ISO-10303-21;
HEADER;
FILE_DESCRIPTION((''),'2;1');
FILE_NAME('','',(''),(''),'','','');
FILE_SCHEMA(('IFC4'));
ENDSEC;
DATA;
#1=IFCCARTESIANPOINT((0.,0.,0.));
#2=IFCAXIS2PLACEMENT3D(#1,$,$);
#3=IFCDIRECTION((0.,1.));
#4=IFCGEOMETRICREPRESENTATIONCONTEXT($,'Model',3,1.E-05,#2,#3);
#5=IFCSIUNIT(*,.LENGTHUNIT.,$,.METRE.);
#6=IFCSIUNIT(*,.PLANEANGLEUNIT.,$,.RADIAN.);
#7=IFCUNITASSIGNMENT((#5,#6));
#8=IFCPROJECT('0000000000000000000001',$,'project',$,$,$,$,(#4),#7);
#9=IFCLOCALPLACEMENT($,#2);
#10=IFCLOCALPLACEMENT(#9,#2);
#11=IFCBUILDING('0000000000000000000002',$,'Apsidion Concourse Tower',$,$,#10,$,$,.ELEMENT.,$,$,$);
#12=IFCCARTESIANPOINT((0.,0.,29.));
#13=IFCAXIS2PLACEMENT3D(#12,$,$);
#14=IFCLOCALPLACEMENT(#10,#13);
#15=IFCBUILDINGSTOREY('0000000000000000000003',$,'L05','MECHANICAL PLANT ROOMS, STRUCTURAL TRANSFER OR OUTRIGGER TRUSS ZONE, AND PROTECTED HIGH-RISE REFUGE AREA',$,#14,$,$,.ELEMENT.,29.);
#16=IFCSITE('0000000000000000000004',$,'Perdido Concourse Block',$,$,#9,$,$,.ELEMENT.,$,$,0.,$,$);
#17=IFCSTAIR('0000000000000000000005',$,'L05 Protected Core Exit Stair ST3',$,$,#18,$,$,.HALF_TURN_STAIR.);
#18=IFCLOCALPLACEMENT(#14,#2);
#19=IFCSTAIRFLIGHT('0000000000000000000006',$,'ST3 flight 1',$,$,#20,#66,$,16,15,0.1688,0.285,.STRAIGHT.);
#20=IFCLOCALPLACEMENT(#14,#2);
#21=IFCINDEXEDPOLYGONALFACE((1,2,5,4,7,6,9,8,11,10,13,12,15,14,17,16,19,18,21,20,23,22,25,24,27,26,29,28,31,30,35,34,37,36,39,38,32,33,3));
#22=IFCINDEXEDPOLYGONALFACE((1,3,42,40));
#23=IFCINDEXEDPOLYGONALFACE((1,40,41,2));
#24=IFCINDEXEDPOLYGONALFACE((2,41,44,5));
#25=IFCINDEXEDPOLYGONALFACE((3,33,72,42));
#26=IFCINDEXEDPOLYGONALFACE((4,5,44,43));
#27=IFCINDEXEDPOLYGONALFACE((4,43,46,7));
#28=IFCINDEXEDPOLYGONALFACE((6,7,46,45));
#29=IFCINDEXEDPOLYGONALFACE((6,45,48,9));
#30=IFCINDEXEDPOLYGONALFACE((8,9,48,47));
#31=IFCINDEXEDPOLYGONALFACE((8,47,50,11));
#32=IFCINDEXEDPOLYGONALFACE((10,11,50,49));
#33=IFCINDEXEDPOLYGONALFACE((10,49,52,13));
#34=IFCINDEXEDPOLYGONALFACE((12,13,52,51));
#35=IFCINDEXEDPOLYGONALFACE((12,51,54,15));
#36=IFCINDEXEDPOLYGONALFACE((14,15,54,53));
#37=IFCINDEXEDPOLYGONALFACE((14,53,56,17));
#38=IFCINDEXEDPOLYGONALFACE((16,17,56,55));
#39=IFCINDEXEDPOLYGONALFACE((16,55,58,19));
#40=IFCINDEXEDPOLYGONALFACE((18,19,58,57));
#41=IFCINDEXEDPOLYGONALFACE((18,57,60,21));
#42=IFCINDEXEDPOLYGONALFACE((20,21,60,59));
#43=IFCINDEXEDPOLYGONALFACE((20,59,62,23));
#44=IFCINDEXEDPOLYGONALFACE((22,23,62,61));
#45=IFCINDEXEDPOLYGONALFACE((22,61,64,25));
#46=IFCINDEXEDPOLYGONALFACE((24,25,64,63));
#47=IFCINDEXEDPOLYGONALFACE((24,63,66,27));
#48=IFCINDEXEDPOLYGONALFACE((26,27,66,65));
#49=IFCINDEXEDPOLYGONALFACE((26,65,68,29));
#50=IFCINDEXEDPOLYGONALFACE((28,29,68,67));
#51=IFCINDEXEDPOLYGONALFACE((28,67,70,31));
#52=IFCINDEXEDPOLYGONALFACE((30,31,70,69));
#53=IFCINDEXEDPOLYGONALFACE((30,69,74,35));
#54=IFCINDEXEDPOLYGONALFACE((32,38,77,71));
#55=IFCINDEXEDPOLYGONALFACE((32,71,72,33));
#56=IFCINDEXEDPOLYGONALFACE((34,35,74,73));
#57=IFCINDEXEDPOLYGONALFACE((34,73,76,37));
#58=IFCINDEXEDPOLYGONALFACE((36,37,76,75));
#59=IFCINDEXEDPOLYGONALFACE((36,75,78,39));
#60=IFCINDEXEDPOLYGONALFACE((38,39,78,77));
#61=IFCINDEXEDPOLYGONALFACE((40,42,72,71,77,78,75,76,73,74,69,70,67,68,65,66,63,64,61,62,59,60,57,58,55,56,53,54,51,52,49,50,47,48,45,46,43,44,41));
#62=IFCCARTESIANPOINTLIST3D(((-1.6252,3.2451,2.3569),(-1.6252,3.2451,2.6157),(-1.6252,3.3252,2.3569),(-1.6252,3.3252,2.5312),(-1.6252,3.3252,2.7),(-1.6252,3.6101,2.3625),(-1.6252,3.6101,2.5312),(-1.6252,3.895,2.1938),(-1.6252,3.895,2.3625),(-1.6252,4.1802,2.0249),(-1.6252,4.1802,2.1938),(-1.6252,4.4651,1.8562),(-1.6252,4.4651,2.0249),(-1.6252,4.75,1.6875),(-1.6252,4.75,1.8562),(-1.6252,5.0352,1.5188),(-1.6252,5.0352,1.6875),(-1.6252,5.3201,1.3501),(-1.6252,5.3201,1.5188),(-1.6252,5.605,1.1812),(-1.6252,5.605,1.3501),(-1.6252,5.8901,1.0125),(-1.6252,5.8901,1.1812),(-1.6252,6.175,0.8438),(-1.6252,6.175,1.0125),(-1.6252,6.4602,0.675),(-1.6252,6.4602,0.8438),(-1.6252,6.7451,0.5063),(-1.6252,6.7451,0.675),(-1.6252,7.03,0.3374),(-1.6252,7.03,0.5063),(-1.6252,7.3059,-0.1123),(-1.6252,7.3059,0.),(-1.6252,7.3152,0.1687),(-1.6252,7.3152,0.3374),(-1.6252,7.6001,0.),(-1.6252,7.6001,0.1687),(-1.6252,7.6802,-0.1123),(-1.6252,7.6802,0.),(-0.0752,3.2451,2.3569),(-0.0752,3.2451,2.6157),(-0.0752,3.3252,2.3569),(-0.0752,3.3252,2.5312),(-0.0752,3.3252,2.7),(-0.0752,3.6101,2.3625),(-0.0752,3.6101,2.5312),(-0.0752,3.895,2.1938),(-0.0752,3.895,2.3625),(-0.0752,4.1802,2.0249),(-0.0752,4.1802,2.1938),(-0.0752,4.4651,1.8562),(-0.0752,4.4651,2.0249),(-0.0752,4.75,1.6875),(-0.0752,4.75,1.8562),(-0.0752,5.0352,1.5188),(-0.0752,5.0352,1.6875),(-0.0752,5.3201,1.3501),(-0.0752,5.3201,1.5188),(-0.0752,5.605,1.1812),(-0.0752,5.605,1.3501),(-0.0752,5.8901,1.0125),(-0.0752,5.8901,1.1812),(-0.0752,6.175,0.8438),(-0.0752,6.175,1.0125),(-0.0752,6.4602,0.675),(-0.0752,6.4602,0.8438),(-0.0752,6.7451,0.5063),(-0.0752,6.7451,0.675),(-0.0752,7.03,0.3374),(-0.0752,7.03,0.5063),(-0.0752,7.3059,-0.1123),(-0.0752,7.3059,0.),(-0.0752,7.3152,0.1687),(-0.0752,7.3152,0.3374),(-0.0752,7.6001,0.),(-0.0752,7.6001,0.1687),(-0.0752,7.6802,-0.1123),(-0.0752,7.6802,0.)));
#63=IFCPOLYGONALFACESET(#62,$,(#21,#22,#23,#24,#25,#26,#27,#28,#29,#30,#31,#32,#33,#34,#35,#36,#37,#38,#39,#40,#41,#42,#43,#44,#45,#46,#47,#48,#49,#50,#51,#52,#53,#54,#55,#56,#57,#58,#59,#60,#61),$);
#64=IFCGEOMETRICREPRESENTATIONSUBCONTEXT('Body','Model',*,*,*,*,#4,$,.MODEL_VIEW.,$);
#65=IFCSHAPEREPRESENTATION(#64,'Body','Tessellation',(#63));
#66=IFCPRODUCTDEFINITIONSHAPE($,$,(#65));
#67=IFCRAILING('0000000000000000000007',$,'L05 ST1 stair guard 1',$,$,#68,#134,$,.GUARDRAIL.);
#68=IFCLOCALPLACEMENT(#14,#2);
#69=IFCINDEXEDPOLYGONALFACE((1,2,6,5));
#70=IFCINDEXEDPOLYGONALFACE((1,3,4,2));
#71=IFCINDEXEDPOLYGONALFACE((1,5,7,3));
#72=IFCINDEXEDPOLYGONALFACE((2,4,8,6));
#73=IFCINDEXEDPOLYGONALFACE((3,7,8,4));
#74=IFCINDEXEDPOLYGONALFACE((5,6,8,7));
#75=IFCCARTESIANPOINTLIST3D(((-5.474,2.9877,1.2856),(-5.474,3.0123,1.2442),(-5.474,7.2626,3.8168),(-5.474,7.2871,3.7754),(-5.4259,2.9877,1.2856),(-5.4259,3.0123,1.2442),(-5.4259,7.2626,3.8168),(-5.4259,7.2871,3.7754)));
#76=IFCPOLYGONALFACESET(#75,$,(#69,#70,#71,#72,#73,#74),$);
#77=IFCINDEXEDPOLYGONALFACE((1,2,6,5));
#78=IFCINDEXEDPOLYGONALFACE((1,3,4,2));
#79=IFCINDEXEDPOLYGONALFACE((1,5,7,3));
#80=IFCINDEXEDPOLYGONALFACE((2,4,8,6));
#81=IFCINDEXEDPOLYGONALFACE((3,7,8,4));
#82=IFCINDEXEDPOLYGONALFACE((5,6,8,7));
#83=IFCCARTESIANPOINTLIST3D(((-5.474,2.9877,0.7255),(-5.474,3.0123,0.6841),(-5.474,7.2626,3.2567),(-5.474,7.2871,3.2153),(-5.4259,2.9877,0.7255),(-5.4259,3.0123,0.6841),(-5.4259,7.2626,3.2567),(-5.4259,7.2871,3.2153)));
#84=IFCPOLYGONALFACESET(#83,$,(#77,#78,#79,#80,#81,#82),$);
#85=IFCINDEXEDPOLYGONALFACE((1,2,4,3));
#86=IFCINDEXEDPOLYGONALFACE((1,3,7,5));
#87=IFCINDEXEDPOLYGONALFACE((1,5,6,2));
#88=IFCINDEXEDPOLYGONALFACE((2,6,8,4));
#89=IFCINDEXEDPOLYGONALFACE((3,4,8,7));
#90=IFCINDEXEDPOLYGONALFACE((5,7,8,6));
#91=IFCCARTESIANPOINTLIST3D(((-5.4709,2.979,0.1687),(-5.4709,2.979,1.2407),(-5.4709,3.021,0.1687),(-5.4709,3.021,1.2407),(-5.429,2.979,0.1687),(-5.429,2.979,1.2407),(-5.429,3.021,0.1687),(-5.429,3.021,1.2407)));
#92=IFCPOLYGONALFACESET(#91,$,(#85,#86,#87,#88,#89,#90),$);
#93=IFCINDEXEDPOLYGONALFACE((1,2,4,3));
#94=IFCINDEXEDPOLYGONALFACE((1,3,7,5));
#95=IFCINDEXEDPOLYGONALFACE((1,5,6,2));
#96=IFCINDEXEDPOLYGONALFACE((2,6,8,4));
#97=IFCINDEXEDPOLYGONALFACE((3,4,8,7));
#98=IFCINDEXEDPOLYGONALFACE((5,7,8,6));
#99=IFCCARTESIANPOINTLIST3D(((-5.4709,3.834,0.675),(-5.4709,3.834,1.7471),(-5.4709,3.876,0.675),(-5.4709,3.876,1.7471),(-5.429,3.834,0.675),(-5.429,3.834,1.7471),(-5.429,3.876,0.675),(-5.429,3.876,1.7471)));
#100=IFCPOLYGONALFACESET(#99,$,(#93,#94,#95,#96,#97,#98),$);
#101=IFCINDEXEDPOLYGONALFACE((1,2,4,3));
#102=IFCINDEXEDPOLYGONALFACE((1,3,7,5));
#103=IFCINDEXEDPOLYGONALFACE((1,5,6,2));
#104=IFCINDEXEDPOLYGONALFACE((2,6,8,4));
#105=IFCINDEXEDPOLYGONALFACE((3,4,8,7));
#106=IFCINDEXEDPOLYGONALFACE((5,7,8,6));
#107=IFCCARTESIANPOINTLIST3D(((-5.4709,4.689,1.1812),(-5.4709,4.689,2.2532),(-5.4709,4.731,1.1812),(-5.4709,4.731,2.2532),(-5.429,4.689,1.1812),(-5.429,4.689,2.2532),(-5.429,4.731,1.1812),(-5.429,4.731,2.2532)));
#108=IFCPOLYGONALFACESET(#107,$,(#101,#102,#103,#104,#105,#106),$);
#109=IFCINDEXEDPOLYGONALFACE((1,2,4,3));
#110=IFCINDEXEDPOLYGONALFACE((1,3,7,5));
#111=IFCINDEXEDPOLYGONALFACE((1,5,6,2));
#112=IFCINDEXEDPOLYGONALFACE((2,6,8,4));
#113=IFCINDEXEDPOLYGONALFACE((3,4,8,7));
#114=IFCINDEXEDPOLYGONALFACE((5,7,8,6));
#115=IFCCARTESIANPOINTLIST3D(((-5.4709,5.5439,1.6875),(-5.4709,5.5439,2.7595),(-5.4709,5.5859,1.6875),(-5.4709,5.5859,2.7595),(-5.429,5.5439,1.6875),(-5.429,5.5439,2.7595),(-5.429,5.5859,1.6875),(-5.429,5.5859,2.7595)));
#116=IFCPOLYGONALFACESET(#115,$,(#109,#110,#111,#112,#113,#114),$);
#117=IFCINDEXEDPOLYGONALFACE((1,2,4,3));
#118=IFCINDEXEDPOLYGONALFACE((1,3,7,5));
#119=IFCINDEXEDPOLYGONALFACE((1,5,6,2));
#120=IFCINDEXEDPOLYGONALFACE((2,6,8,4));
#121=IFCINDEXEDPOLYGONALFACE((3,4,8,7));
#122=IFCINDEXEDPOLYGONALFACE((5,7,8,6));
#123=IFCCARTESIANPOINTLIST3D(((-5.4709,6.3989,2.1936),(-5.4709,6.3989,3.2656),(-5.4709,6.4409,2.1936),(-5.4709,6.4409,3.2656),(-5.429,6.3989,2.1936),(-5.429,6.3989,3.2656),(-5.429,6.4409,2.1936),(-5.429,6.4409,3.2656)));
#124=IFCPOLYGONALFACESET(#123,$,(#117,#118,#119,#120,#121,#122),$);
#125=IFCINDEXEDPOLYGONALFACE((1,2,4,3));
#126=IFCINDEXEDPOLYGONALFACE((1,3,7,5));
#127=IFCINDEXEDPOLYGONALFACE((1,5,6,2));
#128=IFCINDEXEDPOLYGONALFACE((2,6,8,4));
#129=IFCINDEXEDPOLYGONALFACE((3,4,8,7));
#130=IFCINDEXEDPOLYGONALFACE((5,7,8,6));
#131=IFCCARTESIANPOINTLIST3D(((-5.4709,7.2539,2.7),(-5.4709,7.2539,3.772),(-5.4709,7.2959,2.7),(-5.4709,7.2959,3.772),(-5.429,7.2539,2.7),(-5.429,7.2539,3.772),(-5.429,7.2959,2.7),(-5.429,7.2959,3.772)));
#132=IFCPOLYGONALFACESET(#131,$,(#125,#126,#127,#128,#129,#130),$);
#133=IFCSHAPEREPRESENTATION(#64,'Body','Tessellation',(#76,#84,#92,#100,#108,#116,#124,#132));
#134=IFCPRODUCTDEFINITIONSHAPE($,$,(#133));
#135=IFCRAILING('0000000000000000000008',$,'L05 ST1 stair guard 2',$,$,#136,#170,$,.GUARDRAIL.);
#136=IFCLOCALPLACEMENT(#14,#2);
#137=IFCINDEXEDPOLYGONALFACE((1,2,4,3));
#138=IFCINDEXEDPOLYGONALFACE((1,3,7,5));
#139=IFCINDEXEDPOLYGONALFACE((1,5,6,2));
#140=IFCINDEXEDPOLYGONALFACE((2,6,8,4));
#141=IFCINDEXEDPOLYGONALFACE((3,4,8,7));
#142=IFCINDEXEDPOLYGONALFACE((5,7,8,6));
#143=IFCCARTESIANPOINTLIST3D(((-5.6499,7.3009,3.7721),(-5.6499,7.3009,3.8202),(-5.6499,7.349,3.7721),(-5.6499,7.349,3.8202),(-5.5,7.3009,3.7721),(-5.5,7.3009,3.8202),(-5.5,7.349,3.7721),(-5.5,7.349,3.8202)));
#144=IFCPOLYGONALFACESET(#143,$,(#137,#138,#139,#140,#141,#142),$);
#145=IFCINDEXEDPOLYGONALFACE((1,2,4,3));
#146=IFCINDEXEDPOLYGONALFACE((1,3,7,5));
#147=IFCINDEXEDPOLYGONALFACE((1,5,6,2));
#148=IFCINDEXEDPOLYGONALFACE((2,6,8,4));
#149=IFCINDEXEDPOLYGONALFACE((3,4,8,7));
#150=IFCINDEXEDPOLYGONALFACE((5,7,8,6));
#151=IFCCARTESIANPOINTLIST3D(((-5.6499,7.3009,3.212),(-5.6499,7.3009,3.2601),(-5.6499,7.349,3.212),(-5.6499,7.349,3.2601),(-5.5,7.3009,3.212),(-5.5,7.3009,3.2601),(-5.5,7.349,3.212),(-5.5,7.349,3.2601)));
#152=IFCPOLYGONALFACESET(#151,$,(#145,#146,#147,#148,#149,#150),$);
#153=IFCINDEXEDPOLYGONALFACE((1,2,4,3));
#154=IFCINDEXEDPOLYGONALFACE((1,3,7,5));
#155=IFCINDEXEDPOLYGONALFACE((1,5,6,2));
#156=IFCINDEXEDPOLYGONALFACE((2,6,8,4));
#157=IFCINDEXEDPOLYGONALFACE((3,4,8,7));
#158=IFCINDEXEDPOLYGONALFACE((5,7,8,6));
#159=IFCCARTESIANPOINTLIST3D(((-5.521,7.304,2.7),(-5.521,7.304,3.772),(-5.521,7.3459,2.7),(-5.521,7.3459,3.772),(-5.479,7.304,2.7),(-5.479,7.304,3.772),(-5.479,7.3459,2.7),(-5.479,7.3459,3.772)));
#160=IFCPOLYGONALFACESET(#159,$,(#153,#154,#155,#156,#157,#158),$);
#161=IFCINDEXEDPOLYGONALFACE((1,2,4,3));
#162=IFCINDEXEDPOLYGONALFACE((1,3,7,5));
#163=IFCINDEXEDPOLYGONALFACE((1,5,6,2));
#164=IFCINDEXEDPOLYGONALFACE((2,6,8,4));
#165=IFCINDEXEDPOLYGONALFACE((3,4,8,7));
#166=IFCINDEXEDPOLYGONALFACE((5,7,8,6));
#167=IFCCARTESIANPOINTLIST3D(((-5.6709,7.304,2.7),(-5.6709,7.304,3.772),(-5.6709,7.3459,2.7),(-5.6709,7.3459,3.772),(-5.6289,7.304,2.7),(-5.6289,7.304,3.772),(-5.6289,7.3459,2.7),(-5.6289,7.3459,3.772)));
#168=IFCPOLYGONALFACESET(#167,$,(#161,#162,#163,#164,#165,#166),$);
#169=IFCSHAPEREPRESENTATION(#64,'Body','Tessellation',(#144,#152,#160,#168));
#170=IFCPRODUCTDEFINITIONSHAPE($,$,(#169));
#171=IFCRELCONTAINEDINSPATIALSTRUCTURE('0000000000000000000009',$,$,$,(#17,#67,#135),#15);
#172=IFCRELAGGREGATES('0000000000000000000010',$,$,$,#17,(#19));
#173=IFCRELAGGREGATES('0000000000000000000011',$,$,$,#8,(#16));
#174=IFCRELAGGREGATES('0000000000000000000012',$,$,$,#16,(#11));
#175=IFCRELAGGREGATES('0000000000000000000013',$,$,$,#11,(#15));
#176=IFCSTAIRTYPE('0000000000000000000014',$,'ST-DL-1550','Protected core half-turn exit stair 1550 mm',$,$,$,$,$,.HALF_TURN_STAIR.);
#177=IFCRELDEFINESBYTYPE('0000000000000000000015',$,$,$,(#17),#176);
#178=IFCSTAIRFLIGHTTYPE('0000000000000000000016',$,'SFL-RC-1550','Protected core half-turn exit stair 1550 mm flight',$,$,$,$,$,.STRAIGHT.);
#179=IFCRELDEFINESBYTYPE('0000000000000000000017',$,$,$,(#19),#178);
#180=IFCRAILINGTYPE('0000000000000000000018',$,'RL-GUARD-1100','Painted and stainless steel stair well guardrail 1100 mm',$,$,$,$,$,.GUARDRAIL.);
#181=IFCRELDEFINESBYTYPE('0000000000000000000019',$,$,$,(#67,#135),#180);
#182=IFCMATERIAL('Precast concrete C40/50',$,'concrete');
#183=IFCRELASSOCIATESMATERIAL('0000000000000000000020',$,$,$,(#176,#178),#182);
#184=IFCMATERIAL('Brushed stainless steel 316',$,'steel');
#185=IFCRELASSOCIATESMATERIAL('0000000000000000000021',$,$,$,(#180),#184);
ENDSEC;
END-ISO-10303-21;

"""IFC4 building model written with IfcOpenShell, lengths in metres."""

from ifc_helpers import new_model, si_unit, direction, frame, origin, origin_2d, place, context, subcontext, project, spatial, polyline, rectangle, outline, extrude, material, type_object, element, aggregate, save


model = new_model("IFC4")

# Units and contexts
model_context = context("Model", 3, precision=1e-05, world=origin(), true_north=direction((0.0, 1.0)))
body_context = subcontext(model_context, "Body", "Model", "MODEL_VIEW")
ifc_project = project(units=[si_unit("LENGTHUNIT", "METRE"), si_unit("PLANEANGLEUNIT", "RADIAN")], contexts=[model_context])

# Site, building, storey
site_placement = place(None, origin())
site = spatial("IfcSite", under=ifc_project, at=site_placement, Name="Perdido Concourse Block", CompositionType="ELEMENT", RefElevation=0.0)
building_placement = place(site_placement, origin())
building = spatial("IfcBuilding", under=site, at=building_placement, Name="Apsidion Concourse Tower", CompositionType="ELEMENT")
storey_placement = place(building_placement, frame((0.0, 0.0, 29.0)))
storey = spatial("IfcBuildingStorey", under=building, at=storey_placement, Name="L05", Description="MECHANICAL PLANT ROOMS, STRUCTURAL TRANSFER OR OUTRIGGER TRUSS ZONE, AND PROTECTED HIGH-RISE REFUGE AREA", CompositionType="ELEMENT", Elevation=29.0)

# Shared definitions
ifc_material_1 = material(Name="Precast concrete C40/50", Category="concrete")

# Shared definitions
ifc_material_2 = material(Name="Brushed stainless steel 316", Category="steel")

# Shared definitions
stair_type = type_object("IfcStairType", Name="ST-DL-1550", Description="Protected core half-turn exit stair 1550 mm", PredefinedType="HALF_TURN_STAIR", material=ifc_material_1)
stair_flight_type = type_object("IfcStairFlightType", Name="SFL-RC-1550", Description="Protected core half-turn exit stair 1550 mm flight", PredefinedType="STRAIGHT", material=ifc_material_1)

# Stair, stair flight
stair_1_placement = place(storey_placement, origin())
stair_1 = element("IfcStair", 1, at=stair_1_placement, inside=storey, type_object=stair_type, Name="L05 Protected Core Exit Stair ST3", PredefinedType="HALF_TURN_STAIR")
stair_flight_1_placement = place(storey_placement, frame((-0.8501, 7.6001, 0.0), z_axis=(0.0, 0.0, 1.0), x_axis=(0.0, -1.0, 0.0)))
stair_flight_1 = element("IfcStairFlight", 2, at=stair_flight_1_placement, type_object=stair_flight_type, Name="ST3 flight 1", NumberOfRisers=16, NumberOfTreads=15, PredefinedType="STRAIGHT", RiserHeight=0.1688, TreadLength=0.285, context=body_context, shape_type="SweptSolid", body=[
    extrude(outline(polyline([(-0.0801, -0.1123), (-0.0801, 0.0), (0.0, 0.0), (0.0, 0.1687), (0.2849, 0.1687), (0.2849, 0.3374), (0.5701, 0.3374), (0.5701, 0.5063), (0.855, 0.5063), (0.855, 0.675), (1.1399, 0.675), (1.1399, 0.8438), (1.425, 0.8438), (1.425, 1.0125), (1.71, 1.0125), (1.71, 1.1812), (1.9951, 1.1812), (1.9951, 1.3501), (2.28, 1.3501), (2.28, 1.5188), (2.5649, 1.5188), (2.5649, 1.6875), (2.8501, 1.6875), (2.8501, 1.8562), (3.135, 1.8562), (3.135, 2.0249), (3.4199, 2.0249), (3.4199, 2.1938), (3.7051, 2.1938), (3.7051, 2.3625), (3.99, 2.3625), (3.99, 2.5312), (4.2749, 2.5312), (4.2749, 2.7), (4.355, 2.6157), (4.355, 2.3569), (4.2749, 2.3569), (0.2942, 0.0), (0.2942, -0.1123), (-0.0801, -0.1123)])), frame((0.0, 0.7749, 0.0), z_axis=(0.0, -1.0, 0.0), x_axis=(1.0, 0.0, 0.0)), (0.0, 0.0, 1.0), 1.55),
])
aggregate(stair_1, [stair_flight_1])

# Railings
railing_type_1 = type_object("IfcRailingType", Name="RL-GUARD-1100", Description="Painted and stainless steel stair well guardrail 1100 mm", PredefinedType="GUARDRAIL", material=ifc_material_2)
railing_1_placement = place(storey_placement, frame((-5.45, 3.0, 0.1687)))
element("IfcRailing", 3, at=railing_1_placement, inside=storey, type_object=railing_type_1, Name="L05 ST1 stair guard 1", PredefinedType="GUARDRAIL", context=body_context, shape_type="SweptSolid", body=[
    extrude(rectangle(XDim=0.0481, YDim=0.0481, at=origin_2d()), frame((0.0, 0.0, 1.0962), z_axis=(0.0, 0.86047, 0.509501), x_axis=(-1.0, 0.0, 0.0)), (0.0, 0.0, 1.0), 4.968),
    extrude(rectangle(XDim=0.0481, YDim=0.0481, at=origin_2d()), frame((0.0, 0.0, 0.5361), z_axis=(0.0, 0.86047, 0.509501), x_axis=(-1.0, 0.0, 0.0)), (0.0, 0.0, 1.0), 4.968),
    extrude(rectangle(XDim=0.042, YDim=0.042, at=origin_2d()), origin(), (0.0, 0.0, 1.0), 1.072),
    extrude(rectangle(XDim=0.042, YDim=0.042, at=origin_2d()), frame((0.0, 0.855, 0.5063)), (0.0, 0.0, 1.0), 1.072),
    extrude(rectangle(XDim=0.042, YDim=0.042, at=origin_2d()), frame((0.0, 1.71, 1.0125)), (0.0, 0.0, 1.0), 1.072),
    extrude(rectangle(XDim=0.042, YDim=0.042, at=origin_2d()), frame((0.0, 2.5649, 1.5188)), (0.0, 0.0, 1.0), 1.072),
    extrude(rectangle(XDim=0.042, YDim=0.042, at=origin_2d()), frame((0.0, 3.4199, 2.0249)), (0.0, 0.0, 1.0), 1.072),
    extrude(rectangle(XDim=0.042, YDim=0.042, at=origin_2d()), frame((0.0, 4.2749, 2.5312)), (0.0, 0.0, 1.0), 1.072),
])
railing_2_placement = place(storey_placement, frame((-5.5, 7.325, 2.7)))
element("IfcRailing", 4, at=railing_2_placement, inside=storey, type_object=railing_type_1, Name="L05 ST1 stair guard 2", PredefinedType="GUARDRAIL", context=body_context, shape_type="SweptSolid", body=[
    extrude(rectangle(XDim=0.0481, YDim=0.0481, at=origin_2d()), frame((0.0, 0.0, 1.0962), z_axis=(-1.0, 0.0, 0.0), x_axis=(0.0, -1.0, 0.0)), (0.0, 0.0, 1.0), 0.1499),
    extrude(rectangle(XDim=0.0481, YDim=0.0481, at=origin_2d()), frame((0.0, 0.0, 0.5361), z_axis=(-1.0, 0.0, 0.0), x_axis=(0.0, -1.0, 0.0)), (0.0, 0.0, 1.0), 0.1499),
    extrude(rectangle(XDim=0.042, YDim=0.042, at=origin_2d()), origin(), (0.0, 0.0, 1.0), 1.072),
    extrude(rectangle(XDim=0.042, YDim=0.042, at=origin_2d()), frame((-0.1499, 0.0, 0.0)), (0.0, 0.0, 1.0), 1.072),
])

save(model, "model.ifc")
